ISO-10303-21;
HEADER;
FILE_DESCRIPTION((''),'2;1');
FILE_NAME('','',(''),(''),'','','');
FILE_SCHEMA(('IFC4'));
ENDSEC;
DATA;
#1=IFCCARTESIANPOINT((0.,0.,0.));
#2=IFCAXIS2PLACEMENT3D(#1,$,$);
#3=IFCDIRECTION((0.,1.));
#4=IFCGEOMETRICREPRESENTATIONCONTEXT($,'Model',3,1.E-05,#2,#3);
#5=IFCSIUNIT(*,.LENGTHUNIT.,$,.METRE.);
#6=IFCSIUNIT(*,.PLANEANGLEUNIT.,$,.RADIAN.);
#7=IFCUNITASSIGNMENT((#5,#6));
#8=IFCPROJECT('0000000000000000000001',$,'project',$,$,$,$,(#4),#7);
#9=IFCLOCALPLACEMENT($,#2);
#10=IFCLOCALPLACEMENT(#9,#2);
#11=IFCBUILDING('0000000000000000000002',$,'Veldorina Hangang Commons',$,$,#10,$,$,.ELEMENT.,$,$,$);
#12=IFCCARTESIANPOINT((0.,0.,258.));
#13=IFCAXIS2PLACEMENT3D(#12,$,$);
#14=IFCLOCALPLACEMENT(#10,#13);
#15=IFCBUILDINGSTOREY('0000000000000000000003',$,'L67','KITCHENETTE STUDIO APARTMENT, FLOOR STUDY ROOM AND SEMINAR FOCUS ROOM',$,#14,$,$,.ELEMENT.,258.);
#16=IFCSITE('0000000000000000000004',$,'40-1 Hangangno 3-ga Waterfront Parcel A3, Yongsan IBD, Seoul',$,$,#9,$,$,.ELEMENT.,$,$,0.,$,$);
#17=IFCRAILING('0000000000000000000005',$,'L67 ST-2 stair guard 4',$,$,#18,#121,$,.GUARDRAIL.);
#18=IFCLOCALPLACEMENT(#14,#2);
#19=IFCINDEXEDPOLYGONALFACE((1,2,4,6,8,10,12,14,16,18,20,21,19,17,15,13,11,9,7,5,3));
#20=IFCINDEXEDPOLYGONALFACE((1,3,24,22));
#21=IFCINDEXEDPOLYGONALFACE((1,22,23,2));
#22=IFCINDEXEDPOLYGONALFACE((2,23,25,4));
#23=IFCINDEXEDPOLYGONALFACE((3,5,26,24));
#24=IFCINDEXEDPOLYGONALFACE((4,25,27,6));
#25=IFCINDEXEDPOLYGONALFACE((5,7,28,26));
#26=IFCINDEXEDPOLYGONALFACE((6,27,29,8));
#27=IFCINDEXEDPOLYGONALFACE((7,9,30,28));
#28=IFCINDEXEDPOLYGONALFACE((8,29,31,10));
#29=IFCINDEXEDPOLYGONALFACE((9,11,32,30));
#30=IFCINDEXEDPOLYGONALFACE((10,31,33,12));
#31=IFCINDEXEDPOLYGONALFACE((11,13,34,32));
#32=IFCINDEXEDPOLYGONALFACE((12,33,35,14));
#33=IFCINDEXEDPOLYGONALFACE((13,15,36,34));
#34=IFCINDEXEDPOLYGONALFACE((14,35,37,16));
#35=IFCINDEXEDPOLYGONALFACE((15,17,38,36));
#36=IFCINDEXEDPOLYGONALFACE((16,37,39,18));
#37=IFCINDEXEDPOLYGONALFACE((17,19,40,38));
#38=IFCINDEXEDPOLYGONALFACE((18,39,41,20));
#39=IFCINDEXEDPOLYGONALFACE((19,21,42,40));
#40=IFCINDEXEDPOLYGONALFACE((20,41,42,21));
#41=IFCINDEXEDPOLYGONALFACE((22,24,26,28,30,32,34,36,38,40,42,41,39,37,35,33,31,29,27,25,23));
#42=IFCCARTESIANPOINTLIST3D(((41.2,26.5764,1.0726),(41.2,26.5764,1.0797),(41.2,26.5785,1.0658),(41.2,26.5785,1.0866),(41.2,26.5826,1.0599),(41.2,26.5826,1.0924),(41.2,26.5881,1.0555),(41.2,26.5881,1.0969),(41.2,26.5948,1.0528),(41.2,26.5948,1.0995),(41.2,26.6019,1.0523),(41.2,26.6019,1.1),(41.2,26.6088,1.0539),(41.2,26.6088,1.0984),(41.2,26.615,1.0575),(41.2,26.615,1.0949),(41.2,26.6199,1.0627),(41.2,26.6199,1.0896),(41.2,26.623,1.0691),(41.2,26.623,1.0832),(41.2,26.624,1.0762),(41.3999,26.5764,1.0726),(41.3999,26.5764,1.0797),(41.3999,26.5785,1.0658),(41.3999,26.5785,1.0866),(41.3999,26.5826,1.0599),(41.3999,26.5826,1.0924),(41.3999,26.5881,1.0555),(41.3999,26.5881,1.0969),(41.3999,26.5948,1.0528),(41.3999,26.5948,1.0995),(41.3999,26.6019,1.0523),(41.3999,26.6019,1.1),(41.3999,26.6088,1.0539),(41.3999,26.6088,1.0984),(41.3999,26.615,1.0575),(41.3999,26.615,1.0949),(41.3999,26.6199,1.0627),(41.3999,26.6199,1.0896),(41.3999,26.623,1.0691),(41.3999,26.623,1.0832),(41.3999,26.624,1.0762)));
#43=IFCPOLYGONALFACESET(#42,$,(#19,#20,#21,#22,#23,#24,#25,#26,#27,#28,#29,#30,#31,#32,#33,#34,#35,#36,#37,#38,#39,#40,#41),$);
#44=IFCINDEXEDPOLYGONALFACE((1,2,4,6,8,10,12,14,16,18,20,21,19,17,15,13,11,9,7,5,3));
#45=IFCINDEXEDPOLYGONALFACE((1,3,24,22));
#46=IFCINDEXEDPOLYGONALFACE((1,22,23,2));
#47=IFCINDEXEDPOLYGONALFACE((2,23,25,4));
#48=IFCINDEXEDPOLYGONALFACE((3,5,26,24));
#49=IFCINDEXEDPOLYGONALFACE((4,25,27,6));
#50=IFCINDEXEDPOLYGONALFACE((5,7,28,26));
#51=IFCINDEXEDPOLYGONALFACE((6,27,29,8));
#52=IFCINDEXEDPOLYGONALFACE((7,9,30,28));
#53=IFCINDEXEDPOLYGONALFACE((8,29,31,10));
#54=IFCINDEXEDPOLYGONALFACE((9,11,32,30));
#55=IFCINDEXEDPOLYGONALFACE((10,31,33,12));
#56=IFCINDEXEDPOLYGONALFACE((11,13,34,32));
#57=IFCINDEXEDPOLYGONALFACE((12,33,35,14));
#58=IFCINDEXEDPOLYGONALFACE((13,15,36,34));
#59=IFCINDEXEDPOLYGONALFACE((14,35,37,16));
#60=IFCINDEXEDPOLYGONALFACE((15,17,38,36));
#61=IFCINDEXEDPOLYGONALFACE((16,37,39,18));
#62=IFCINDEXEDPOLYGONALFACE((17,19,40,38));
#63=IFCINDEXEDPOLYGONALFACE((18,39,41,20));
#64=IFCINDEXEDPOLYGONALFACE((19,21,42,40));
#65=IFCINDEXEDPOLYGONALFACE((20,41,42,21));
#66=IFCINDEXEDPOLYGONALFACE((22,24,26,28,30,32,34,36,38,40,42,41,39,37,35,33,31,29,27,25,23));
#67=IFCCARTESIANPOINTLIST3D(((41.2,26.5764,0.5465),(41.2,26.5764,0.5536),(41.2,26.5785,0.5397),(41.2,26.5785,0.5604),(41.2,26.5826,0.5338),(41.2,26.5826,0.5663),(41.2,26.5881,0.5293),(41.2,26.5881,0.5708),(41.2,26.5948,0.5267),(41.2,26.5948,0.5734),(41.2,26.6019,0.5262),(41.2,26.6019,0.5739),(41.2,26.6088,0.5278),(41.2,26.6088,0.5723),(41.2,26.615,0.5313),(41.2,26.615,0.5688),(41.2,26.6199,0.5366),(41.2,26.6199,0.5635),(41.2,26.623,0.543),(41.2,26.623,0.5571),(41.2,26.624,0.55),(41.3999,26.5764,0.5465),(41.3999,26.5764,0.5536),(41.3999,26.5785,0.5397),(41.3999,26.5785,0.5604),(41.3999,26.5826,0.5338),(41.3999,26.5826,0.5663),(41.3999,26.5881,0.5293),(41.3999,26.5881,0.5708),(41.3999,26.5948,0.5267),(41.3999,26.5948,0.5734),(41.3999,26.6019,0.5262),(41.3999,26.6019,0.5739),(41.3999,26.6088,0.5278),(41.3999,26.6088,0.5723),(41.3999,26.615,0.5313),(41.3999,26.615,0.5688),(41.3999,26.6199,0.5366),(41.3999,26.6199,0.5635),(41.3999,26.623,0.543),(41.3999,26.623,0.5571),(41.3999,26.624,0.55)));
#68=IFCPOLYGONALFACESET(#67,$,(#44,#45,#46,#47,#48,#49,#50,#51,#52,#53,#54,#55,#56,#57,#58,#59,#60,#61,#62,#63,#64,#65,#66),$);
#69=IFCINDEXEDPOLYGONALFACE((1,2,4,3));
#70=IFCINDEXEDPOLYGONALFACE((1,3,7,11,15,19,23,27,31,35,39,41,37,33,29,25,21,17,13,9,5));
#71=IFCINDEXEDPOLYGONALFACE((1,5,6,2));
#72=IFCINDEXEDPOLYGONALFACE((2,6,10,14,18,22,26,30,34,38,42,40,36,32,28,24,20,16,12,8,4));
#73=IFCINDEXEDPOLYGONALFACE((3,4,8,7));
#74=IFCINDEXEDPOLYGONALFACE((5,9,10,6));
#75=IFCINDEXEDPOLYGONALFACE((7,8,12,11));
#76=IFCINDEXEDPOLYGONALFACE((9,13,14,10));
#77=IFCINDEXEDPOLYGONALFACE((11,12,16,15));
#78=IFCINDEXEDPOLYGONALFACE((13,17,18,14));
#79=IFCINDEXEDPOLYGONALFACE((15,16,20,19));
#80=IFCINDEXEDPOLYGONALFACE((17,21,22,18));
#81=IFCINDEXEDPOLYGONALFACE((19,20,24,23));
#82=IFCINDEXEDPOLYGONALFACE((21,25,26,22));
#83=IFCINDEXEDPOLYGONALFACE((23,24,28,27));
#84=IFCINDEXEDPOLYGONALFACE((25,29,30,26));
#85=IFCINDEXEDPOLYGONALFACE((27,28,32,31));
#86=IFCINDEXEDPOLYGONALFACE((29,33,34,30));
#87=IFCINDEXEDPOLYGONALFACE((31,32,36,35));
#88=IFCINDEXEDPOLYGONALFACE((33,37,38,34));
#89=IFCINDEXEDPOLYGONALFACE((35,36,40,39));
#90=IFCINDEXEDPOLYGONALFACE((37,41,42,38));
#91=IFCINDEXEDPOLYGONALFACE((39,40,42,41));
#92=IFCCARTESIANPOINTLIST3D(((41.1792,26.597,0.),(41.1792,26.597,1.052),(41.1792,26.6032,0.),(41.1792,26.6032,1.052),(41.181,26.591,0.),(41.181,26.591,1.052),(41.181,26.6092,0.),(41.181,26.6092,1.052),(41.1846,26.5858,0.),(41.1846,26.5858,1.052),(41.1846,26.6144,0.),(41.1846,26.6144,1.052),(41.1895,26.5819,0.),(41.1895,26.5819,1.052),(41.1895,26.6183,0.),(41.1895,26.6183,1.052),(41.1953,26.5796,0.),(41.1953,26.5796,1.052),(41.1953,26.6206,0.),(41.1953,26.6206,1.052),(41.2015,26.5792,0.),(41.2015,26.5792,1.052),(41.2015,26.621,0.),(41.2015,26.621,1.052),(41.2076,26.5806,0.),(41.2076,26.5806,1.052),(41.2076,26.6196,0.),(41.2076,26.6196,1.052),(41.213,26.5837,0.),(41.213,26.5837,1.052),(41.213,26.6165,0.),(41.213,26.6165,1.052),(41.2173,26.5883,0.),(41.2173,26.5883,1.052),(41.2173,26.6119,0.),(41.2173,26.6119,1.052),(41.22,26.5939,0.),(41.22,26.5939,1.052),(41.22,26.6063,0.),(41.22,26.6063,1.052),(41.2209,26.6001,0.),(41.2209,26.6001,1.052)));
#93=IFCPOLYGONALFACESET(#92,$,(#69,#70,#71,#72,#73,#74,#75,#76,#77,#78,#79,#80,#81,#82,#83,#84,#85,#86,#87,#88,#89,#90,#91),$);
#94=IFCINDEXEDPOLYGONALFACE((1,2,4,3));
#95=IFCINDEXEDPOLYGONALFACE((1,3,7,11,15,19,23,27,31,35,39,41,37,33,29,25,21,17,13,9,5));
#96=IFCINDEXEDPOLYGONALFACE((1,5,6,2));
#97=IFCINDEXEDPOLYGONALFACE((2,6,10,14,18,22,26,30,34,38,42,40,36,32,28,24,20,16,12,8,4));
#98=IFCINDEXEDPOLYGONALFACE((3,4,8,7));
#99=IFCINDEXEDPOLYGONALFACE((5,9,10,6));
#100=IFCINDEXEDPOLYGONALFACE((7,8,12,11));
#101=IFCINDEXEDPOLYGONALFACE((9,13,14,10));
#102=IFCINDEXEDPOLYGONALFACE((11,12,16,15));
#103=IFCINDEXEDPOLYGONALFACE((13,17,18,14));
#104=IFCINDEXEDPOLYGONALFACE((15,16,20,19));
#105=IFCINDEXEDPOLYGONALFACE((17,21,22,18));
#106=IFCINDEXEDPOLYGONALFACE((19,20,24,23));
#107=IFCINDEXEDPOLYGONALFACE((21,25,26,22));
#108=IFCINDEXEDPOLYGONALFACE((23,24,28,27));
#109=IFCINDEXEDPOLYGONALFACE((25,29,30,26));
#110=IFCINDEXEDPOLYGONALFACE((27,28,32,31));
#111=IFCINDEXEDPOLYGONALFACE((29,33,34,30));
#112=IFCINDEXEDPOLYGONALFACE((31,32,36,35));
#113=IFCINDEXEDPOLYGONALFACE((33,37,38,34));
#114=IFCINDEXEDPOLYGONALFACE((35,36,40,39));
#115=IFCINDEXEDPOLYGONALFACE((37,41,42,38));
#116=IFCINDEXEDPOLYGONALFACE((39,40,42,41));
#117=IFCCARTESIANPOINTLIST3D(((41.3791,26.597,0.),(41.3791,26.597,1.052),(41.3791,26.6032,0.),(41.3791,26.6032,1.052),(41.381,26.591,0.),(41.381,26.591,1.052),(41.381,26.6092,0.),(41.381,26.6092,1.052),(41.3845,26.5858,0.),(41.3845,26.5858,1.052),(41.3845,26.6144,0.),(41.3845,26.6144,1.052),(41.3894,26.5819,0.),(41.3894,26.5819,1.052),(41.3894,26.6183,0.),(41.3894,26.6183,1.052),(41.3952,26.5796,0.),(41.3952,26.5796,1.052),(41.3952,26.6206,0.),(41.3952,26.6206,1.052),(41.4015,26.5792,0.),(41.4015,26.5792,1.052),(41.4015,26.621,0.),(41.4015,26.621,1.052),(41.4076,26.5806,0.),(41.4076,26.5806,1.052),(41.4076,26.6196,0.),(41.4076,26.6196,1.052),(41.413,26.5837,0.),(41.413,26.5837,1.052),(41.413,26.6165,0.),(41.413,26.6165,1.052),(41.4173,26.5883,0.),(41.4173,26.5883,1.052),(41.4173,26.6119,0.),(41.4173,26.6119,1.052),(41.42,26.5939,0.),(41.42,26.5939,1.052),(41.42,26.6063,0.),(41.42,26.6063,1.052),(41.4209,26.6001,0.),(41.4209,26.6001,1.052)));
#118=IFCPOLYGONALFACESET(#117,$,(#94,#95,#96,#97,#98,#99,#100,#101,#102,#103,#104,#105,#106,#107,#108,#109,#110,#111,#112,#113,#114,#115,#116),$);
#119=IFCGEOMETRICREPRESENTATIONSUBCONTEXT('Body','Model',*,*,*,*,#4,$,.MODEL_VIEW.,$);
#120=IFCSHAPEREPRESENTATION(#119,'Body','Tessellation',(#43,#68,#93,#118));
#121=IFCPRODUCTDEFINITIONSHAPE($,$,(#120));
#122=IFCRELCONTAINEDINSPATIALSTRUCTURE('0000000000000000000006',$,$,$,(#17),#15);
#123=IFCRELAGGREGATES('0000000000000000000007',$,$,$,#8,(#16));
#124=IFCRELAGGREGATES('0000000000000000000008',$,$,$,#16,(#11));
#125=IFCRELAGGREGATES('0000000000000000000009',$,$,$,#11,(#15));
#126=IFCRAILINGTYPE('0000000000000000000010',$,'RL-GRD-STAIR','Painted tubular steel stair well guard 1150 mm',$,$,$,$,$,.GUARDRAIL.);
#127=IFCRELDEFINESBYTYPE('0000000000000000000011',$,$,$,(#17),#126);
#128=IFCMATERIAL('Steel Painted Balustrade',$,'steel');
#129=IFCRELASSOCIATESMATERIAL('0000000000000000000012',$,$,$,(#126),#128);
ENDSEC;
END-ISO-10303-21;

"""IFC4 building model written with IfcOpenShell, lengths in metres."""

from ifc_helpers import new_model, si_unit, direction, frame, origin, origin_2d, place, context, subcontext, project, spatial, circle, extrude, material, type_object, element, save


model = new_model("IFC4")

# Units and contexts
model_context = context("Model", 3, precision=1e-05, world=origin(), true_north=direction((0.0, 1.0)))
body_context = subcontext(model_context, "Body", "Model", "MODEL_VIEW")
ifc_project = project(units=[si_unit("LENGTHUNIT", "METRE"), si_unit("PLANEANGLEUNIT", "RADIAN")], contexts=[model_context])

# Site, building, storey
site_placement = place(None, origin())
site = spatial("IfcSite", under=ifc_project, at=site_placement, Name="40-1 Hangangno 3-ga Waterfront Parcel A3, Yongsan IBD, Seoul", CompositionType="ELEMENT", RefElevation=0.0)
building_placement = place(site_placement, origin())
building = spatial("IfcBuilding", under=site, at=building_placement, Name="Veldorina Hangang Commons", CompositionType="ELEMENT")
storey_placement = place(building_placement, frame((0.0, 0.0, 258.0)))
storey = spatial("IfcBuildingStorey", under=building, at=storey_placement, Name="L67", Description="KITCHENETTE STUDIO APARTMENT, FLOOR STUDY ROOM AND SEMINAR FOCUS ROOM", CompositionType="ELEMENT", Elevation=258.0)

# Railing
ifc_material_1 = material(Name="Steel Painted Balustrade", Category="steel")
railing_type_1 = type_object("IfcRailingType", Name="RL-GRD-STAIR", Description="Painted tubular steel stair well guard 1150 mm", PredefinedType="GUARDRAIL", material=ifc_material_1)
railing_1_placement = place(storey_placement, frame((41.2, 26.6001, 0.0)))
element("IfcRailing", 1, at=railing_1_placement, inside=storey, type_object=railing_type_1, Name="L67 ST-2 stair guard 4", PredefinedType="GUARDRAIL", context=body_context, shape_type="SweptSolid", body=[
    extrude(circle(Radius=0.0239, at=origin_2d()), frame((0.0, 0.0, 1.0762), z_axis=(1.0, 0.0, 0.0), x_axis=(0.0, 1.0, 0.0)), (0.0, 0.0, 1.0), 0.2),
    extrude(circle(Radius=0.0239, at=origin_2d()), frame((0.0, 0.0, 0.55), z_axis=(1.0, 0.0, 0.0), x_axis=(0.0, 1.0, 0.0)), (0.0, 0.0, 1.0), 0.2),
    extrude(circle(Radius=0.021, at=origin_2d()), origin(), (0.0, 0.0, 1.0), 1.052),
    extrude(circle(Radius=0.021, at=origin_2d()), frame((0.2, 0.0, 0.0)), (0.0, 0.0, 1.0), 1.052),
])

save(model, "model.ifc")
